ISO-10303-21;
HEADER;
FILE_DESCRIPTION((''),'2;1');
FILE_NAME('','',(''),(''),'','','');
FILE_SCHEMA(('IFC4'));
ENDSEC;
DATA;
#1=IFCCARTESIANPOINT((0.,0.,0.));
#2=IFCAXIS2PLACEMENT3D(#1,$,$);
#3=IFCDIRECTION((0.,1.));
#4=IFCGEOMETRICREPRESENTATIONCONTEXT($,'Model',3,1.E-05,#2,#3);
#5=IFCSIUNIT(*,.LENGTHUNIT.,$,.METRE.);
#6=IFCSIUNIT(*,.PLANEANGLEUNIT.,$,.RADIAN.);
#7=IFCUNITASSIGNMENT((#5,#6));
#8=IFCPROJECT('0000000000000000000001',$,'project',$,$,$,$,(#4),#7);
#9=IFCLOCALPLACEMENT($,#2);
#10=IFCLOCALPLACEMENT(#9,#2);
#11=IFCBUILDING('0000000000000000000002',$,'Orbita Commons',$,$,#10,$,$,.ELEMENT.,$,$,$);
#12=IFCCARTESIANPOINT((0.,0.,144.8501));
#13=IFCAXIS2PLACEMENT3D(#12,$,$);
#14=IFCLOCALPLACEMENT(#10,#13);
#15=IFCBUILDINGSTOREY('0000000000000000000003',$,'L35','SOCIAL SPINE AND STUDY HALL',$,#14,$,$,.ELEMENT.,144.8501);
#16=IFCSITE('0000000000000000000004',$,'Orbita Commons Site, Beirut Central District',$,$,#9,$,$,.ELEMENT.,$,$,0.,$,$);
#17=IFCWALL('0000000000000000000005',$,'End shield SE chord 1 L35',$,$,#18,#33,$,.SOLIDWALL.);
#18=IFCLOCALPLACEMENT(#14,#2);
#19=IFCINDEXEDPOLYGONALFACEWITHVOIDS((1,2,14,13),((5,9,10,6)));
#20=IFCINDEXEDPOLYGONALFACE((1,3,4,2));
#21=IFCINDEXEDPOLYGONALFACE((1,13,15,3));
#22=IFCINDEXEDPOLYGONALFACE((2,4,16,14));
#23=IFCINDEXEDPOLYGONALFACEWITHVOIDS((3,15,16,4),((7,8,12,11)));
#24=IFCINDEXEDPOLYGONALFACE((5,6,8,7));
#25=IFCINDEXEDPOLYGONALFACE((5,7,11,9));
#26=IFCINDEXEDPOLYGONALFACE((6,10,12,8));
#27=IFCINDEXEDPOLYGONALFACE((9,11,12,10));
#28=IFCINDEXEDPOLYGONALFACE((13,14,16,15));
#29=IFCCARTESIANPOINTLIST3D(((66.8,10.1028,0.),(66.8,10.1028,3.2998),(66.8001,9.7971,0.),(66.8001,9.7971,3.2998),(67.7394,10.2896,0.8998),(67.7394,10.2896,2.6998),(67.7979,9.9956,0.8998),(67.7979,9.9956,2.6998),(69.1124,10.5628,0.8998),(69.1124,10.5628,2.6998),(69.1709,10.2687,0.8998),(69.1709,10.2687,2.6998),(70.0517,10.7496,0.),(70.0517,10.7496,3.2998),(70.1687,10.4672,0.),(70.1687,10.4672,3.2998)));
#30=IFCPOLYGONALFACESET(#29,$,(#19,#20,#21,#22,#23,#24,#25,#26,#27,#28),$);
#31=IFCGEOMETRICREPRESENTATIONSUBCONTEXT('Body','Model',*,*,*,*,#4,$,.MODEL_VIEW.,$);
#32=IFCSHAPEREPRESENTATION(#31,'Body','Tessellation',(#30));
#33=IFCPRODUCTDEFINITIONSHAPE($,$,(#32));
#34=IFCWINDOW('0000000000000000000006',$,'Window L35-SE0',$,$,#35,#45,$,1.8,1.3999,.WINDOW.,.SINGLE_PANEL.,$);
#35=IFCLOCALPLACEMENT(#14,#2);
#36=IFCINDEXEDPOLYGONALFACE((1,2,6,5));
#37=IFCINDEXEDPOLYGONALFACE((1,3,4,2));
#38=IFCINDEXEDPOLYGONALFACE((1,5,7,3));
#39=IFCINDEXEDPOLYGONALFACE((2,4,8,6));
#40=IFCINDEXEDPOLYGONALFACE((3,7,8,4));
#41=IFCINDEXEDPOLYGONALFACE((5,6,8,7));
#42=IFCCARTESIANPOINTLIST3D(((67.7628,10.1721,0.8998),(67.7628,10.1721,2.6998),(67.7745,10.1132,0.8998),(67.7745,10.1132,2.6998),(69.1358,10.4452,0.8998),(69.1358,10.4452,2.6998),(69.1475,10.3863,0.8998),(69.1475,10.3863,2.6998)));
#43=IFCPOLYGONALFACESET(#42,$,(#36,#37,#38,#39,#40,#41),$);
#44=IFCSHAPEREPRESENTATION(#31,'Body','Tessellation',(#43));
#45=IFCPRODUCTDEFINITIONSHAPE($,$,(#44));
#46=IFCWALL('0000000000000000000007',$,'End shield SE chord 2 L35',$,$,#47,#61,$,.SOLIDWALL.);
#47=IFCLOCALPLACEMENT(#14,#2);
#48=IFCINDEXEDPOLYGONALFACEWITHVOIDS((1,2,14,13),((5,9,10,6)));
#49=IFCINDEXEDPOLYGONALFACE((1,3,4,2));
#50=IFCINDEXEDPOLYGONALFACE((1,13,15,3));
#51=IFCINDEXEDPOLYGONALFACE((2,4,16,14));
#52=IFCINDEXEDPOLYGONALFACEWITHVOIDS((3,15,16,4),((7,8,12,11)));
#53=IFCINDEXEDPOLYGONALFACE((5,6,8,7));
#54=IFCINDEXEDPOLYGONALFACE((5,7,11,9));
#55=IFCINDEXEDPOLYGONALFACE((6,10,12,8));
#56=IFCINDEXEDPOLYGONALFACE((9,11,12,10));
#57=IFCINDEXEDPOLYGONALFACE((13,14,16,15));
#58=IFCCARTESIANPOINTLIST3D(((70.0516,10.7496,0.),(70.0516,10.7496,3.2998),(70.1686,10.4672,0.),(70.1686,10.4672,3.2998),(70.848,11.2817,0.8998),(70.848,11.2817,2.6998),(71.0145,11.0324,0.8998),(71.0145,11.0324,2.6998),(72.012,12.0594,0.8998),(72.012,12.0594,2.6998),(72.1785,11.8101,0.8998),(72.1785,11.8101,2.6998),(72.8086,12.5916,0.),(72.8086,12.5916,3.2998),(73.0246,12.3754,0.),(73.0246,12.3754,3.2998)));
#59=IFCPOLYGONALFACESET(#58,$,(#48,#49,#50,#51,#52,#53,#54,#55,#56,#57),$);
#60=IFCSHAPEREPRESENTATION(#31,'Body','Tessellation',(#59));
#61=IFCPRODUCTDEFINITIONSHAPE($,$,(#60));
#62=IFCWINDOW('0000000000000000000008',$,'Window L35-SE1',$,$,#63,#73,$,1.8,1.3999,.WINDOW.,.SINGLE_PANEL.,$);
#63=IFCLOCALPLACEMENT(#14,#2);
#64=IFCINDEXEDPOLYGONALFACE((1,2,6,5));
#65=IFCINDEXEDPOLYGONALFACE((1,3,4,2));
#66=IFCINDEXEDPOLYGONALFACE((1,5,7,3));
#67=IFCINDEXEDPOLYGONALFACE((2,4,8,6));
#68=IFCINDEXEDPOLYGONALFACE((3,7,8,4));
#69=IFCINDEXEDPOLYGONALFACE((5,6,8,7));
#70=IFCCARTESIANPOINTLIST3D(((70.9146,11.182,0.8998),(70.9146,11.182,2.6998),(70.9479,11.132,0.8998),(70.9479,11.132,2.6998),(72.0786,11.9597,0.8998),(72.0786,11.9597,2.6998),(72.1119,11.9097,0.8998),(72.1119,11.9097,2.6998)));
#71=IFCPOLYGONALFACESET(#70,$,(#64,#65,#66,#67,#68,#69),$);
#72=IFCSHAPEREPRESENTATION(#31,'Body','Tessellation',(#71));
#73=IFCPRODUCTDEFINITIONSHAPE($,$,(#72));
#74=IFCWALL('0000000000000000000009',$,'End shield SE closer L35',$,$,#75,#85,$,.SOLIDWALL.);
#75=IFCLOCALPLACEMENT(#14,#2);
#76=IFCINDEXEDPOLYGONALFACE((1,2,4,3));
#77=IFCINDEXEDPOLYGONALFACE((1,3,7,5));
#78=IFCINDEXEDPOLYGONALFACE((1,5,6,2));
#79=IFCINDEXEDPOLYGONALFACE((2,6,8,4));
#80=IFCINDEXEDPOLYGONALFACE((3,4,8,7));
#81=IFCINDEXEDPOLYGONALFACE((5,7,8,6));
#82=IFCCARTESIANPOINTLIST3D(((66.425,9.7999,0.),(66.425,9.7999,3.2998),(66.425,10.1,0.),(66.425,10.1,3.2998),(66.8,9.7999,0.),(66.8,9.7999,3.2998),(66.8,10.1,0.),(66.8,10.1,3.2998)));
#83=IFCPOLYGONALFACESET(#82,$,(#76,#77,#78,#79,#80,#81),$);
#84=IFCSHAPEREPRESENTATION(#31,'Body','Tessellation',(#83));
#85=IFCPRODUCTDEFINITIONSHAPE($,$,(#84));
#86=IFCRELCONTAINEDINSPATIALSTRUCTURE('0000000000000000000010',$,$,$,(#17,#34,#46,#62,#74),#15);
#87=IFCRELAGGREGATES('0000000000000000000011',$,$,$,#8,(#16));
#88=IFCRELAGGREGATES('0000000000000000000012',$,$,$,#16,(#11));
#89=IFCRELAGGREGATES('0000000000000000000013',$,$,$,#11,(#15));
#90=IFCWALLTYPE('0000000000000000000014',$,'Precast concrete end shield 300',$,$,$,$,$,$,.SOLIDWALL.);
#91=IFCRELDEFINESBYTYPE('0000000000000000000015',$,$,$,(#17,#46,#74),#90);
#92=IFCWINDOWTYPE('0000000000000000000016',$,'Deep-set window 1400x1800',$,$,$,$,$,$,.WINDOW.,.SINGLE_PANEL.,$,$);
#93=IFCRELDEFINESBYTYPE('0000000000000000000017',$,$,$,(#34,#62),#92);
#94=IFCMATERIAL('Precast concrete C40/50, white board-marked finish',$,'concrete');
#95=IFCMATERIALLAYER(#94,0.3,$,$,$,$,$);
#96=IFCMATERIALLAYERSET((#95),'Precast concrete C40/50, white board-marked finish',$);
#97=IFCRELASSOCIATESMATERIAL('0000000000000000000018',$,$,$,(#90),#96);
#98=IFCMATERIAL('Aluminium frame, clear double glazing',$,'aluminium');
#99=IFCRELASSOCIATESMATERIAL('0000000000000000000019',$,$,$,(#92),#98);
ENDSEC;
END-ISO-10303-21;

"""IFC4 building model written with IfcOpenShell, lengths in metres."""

from ifc_helpers import new_model, si_unit, direction, frame, frame_2d, origin, place, context, subcontext, project, spatial, polyline, rectangle, outline, extrude, material, layer, layer_set, type_object, element, fill, save


model = new_model("IFC4")

# Units and contexts
model_context = context("Model", 3, precision=1e-05, world=origin(), true_north=direction((0.0, 1.0)))
body_context = subcontext(model_context, "Body", "Model", "MODEL_VIEW")
ifc_project = project(units=[si_unit("LENGTHUNIT", "METRE"), si_unit("PLANEANGLEUNIT", "RADIAN")], contexts=[model_context])

# Site, building, storey
site_placement = place(None, origin())
site = spatial("IfcSite", under=ifc_project, at=site_placement, Name="Orbita Commons Site, Beirut Central District", CompositionType="ELEMENT", RefElevation=0.0)
building_placement = place(site_placement, origin())
building = spatial("IfcBuilding", under=site, at=building_placement, Name="Orbita Commons", CompositionType="ELEMENT")
storey_placement = place(building_placement, frame((0.0, 0.0, 144.8501)))
storey = spatial("IfcBuildingStorey", under=building, at=storey_placement, Name="L35", Description="SOCIAL SPINE AND STUDY HALL", CompositionType="ELEMENT", Elevation=144.8501)

# Walls, openings, windows
ifc_material_1 = material(Name="Precast concrete C40/50, white board-marked finish", Category="concrete")
ifc_layer_1 = layer(ifc_material_1, 0.3)
ifc_layer_set_1 = layer_set([ifc_layer_1], Name="Precast concrete C40/50, white board-marked finish")
wall_type_1 = type_object("IfcWallType", Name="Precast concrete end shield 300", PredefinedType="SOLIDWALL", material=ifc_layer_set_1)
wall_1_placement = place(storey_placement, frame((66.8, 9.95, 0.0), z_axis=(0.0, 0.0, 1.0), x_axis=(0.980783, 0.1951, 0.0)))
wall_1 = element("IfcWall", 1, at=wall_1_placement, inside=storey, type_object=wall_type_1, Name="End shield SE chord 1 L35", PredefinedType="SOLIDWALL", context=body_context, shape_type="SweptSolid", body=[
    extrude(outline(polyline([(-0.0298, -0.1499), (3.4048, -0.1499), (3.3452, 0.1499), (0.0298, 0.1499), (-0.0298, -0.1499)])), origin(), (0.0, 0.0, 1.0), 3.2998),
])
opening_1_placement = place(wall_1_placement, frame((0.9875, 0.0, 0.8999)))
opening_1 = element("IfcOpeningElement", 2, at=opening_1_placement, cuts=wall_1, PredefinedType="OPENING", context=body_context, shape_type="SweptSolid", body=[
    extrude(rectangle(XDim=1.3999, YDim=1.8, at=frame_2d((0.7, 0.8999))), frame((0.0, 0.1599, 0.0), z_axis=(0.0, -1.0, 0.0), x_axis=(1.0, 0.0, 0.0)), (0.0, 0.0, 1.0), 0.3201),
])
ifc_material_2 = material(Name="Aluminium frame, clear double glazing", Category="aluminium")
window_type = type_object("IfcWindowType", Name="Deep-set window 1400x1800", PartitioningType="SINGLE_PANEL", PredefinedType="WINDOW", material=ifc_material_2)
window_1_placement = place(opening_1_placement, origin())
window_1 = element("IfcWindow", 3, at=window_1_placement, inside=storey, type_object=window_type, Name="Window L35-SE0", OverallHeight=1.8, OverallWidth=1.3999, PartitioningType="SINGLE_PANEL", PredefinedType="WINDOW", context=body_context, shape_type="SweptSolid", body=[
    extrude(rectangle(XDim=1.3999, YDim=1.8, at=frame_2d((0.7, 0.8999))), frame((0.0, 0.03, 0.0), z_axis=(0.0, -1.0, 0.0), x_axis=(1.0, 0.0, 0.0)), (0.0, 0.0, 1.0), 0.0601),
])
fill(opening_1, window_1)
wall_2_placement = place(storey_placement, frame((70.1101, 10.6084, 0.0), z_axis=(0.0, 0.0, 1.0), x_axis=(0.831493, 0.555535, 0.0)))
wall_2 = element("IfcWall", 4, at=wall_2_placement, inside=storey, type_object=wall_type_1, Name="End shield SE chord 2 L35", PredefinedType="SOLIDWALL", context=body_context, shape_type="SweptSolid", body=[
    extrude(outline(polyline([(-0.0298, -0.1499), (3.405, -0.1499), (3.3455, 0.1499), (0.0298, 0.1499), (-0.0298, -0.1499)])), origin(), (0.0, 0.0, 1.0), 3.2998),
])
opening_2_placement = place(wall_2_placement, frame((0.9875, 0.0, 0.8999)))
opening_2 = element("IfcOpeningElement", 5, at=opening_2_placement, cuts=wall_2, PredefinedType="OPENING", context=body_context, shape_type="SweptSolid", body=[
    extrude(rectangle(XDim=1.3999, YDim=1.8, at=frame_2d((0.7, 0.8999))), frame((0.0, 0.1599, 0.0), z_axis=(0.0, -1.0, 0.0), x_axis=(1.0, 0.0, 0.0)), (0.0, 0.0, 1.0), 0.3201),
])
window_2_placement = place(opening_2_placement, origin())
window_2 = element("IfcWindow", 6, at=window_2_placement, inside=storey, type_object=window_type, Name="Window L35-SE1", OverallHeight=1.8, OverallWidth=1.3999, PartitioningType="SINGLE_PANEL", PredefinedType="WINDOW", context=body_context, shape_type="SweptSolid", body=[
    extrude(rectangle(XDim=1.3999, YDim=1.8, at=frame_2d((0.7, 0.8999))), frame((0.0, 0.03, 0.0), z_axis=(0.0, -1.0, 0.0), x_axis=(1.0, 0.0, 0.0)), (0.0, 0.0, 1.0), 0.0601),
])
fill(opening_2, window_2)

# Wall
wall_3_placement = place(storey_placement, frame((66.8, 9.95, 0.0), z_axis=(0.0, 0.0, 1.0), x_axis=(-1.0, 0.0, 0.0)))
element("IfcWall", 7, at=wall_3_placement, inside=storey, type_object=wall_type_1, Name="End shield SE closer L35", PredefinedType="SOLIDWALL", context=body_context, shape_type="SweptSolid", body=[
    extrude(rectangle(XDim=0.375, YDim=0.3, at=frame_2d((0.1875, 0.0))), origin(), (0.0, 0.0, 1.0), 3.2998),
])

save(model, "model.ifc")
